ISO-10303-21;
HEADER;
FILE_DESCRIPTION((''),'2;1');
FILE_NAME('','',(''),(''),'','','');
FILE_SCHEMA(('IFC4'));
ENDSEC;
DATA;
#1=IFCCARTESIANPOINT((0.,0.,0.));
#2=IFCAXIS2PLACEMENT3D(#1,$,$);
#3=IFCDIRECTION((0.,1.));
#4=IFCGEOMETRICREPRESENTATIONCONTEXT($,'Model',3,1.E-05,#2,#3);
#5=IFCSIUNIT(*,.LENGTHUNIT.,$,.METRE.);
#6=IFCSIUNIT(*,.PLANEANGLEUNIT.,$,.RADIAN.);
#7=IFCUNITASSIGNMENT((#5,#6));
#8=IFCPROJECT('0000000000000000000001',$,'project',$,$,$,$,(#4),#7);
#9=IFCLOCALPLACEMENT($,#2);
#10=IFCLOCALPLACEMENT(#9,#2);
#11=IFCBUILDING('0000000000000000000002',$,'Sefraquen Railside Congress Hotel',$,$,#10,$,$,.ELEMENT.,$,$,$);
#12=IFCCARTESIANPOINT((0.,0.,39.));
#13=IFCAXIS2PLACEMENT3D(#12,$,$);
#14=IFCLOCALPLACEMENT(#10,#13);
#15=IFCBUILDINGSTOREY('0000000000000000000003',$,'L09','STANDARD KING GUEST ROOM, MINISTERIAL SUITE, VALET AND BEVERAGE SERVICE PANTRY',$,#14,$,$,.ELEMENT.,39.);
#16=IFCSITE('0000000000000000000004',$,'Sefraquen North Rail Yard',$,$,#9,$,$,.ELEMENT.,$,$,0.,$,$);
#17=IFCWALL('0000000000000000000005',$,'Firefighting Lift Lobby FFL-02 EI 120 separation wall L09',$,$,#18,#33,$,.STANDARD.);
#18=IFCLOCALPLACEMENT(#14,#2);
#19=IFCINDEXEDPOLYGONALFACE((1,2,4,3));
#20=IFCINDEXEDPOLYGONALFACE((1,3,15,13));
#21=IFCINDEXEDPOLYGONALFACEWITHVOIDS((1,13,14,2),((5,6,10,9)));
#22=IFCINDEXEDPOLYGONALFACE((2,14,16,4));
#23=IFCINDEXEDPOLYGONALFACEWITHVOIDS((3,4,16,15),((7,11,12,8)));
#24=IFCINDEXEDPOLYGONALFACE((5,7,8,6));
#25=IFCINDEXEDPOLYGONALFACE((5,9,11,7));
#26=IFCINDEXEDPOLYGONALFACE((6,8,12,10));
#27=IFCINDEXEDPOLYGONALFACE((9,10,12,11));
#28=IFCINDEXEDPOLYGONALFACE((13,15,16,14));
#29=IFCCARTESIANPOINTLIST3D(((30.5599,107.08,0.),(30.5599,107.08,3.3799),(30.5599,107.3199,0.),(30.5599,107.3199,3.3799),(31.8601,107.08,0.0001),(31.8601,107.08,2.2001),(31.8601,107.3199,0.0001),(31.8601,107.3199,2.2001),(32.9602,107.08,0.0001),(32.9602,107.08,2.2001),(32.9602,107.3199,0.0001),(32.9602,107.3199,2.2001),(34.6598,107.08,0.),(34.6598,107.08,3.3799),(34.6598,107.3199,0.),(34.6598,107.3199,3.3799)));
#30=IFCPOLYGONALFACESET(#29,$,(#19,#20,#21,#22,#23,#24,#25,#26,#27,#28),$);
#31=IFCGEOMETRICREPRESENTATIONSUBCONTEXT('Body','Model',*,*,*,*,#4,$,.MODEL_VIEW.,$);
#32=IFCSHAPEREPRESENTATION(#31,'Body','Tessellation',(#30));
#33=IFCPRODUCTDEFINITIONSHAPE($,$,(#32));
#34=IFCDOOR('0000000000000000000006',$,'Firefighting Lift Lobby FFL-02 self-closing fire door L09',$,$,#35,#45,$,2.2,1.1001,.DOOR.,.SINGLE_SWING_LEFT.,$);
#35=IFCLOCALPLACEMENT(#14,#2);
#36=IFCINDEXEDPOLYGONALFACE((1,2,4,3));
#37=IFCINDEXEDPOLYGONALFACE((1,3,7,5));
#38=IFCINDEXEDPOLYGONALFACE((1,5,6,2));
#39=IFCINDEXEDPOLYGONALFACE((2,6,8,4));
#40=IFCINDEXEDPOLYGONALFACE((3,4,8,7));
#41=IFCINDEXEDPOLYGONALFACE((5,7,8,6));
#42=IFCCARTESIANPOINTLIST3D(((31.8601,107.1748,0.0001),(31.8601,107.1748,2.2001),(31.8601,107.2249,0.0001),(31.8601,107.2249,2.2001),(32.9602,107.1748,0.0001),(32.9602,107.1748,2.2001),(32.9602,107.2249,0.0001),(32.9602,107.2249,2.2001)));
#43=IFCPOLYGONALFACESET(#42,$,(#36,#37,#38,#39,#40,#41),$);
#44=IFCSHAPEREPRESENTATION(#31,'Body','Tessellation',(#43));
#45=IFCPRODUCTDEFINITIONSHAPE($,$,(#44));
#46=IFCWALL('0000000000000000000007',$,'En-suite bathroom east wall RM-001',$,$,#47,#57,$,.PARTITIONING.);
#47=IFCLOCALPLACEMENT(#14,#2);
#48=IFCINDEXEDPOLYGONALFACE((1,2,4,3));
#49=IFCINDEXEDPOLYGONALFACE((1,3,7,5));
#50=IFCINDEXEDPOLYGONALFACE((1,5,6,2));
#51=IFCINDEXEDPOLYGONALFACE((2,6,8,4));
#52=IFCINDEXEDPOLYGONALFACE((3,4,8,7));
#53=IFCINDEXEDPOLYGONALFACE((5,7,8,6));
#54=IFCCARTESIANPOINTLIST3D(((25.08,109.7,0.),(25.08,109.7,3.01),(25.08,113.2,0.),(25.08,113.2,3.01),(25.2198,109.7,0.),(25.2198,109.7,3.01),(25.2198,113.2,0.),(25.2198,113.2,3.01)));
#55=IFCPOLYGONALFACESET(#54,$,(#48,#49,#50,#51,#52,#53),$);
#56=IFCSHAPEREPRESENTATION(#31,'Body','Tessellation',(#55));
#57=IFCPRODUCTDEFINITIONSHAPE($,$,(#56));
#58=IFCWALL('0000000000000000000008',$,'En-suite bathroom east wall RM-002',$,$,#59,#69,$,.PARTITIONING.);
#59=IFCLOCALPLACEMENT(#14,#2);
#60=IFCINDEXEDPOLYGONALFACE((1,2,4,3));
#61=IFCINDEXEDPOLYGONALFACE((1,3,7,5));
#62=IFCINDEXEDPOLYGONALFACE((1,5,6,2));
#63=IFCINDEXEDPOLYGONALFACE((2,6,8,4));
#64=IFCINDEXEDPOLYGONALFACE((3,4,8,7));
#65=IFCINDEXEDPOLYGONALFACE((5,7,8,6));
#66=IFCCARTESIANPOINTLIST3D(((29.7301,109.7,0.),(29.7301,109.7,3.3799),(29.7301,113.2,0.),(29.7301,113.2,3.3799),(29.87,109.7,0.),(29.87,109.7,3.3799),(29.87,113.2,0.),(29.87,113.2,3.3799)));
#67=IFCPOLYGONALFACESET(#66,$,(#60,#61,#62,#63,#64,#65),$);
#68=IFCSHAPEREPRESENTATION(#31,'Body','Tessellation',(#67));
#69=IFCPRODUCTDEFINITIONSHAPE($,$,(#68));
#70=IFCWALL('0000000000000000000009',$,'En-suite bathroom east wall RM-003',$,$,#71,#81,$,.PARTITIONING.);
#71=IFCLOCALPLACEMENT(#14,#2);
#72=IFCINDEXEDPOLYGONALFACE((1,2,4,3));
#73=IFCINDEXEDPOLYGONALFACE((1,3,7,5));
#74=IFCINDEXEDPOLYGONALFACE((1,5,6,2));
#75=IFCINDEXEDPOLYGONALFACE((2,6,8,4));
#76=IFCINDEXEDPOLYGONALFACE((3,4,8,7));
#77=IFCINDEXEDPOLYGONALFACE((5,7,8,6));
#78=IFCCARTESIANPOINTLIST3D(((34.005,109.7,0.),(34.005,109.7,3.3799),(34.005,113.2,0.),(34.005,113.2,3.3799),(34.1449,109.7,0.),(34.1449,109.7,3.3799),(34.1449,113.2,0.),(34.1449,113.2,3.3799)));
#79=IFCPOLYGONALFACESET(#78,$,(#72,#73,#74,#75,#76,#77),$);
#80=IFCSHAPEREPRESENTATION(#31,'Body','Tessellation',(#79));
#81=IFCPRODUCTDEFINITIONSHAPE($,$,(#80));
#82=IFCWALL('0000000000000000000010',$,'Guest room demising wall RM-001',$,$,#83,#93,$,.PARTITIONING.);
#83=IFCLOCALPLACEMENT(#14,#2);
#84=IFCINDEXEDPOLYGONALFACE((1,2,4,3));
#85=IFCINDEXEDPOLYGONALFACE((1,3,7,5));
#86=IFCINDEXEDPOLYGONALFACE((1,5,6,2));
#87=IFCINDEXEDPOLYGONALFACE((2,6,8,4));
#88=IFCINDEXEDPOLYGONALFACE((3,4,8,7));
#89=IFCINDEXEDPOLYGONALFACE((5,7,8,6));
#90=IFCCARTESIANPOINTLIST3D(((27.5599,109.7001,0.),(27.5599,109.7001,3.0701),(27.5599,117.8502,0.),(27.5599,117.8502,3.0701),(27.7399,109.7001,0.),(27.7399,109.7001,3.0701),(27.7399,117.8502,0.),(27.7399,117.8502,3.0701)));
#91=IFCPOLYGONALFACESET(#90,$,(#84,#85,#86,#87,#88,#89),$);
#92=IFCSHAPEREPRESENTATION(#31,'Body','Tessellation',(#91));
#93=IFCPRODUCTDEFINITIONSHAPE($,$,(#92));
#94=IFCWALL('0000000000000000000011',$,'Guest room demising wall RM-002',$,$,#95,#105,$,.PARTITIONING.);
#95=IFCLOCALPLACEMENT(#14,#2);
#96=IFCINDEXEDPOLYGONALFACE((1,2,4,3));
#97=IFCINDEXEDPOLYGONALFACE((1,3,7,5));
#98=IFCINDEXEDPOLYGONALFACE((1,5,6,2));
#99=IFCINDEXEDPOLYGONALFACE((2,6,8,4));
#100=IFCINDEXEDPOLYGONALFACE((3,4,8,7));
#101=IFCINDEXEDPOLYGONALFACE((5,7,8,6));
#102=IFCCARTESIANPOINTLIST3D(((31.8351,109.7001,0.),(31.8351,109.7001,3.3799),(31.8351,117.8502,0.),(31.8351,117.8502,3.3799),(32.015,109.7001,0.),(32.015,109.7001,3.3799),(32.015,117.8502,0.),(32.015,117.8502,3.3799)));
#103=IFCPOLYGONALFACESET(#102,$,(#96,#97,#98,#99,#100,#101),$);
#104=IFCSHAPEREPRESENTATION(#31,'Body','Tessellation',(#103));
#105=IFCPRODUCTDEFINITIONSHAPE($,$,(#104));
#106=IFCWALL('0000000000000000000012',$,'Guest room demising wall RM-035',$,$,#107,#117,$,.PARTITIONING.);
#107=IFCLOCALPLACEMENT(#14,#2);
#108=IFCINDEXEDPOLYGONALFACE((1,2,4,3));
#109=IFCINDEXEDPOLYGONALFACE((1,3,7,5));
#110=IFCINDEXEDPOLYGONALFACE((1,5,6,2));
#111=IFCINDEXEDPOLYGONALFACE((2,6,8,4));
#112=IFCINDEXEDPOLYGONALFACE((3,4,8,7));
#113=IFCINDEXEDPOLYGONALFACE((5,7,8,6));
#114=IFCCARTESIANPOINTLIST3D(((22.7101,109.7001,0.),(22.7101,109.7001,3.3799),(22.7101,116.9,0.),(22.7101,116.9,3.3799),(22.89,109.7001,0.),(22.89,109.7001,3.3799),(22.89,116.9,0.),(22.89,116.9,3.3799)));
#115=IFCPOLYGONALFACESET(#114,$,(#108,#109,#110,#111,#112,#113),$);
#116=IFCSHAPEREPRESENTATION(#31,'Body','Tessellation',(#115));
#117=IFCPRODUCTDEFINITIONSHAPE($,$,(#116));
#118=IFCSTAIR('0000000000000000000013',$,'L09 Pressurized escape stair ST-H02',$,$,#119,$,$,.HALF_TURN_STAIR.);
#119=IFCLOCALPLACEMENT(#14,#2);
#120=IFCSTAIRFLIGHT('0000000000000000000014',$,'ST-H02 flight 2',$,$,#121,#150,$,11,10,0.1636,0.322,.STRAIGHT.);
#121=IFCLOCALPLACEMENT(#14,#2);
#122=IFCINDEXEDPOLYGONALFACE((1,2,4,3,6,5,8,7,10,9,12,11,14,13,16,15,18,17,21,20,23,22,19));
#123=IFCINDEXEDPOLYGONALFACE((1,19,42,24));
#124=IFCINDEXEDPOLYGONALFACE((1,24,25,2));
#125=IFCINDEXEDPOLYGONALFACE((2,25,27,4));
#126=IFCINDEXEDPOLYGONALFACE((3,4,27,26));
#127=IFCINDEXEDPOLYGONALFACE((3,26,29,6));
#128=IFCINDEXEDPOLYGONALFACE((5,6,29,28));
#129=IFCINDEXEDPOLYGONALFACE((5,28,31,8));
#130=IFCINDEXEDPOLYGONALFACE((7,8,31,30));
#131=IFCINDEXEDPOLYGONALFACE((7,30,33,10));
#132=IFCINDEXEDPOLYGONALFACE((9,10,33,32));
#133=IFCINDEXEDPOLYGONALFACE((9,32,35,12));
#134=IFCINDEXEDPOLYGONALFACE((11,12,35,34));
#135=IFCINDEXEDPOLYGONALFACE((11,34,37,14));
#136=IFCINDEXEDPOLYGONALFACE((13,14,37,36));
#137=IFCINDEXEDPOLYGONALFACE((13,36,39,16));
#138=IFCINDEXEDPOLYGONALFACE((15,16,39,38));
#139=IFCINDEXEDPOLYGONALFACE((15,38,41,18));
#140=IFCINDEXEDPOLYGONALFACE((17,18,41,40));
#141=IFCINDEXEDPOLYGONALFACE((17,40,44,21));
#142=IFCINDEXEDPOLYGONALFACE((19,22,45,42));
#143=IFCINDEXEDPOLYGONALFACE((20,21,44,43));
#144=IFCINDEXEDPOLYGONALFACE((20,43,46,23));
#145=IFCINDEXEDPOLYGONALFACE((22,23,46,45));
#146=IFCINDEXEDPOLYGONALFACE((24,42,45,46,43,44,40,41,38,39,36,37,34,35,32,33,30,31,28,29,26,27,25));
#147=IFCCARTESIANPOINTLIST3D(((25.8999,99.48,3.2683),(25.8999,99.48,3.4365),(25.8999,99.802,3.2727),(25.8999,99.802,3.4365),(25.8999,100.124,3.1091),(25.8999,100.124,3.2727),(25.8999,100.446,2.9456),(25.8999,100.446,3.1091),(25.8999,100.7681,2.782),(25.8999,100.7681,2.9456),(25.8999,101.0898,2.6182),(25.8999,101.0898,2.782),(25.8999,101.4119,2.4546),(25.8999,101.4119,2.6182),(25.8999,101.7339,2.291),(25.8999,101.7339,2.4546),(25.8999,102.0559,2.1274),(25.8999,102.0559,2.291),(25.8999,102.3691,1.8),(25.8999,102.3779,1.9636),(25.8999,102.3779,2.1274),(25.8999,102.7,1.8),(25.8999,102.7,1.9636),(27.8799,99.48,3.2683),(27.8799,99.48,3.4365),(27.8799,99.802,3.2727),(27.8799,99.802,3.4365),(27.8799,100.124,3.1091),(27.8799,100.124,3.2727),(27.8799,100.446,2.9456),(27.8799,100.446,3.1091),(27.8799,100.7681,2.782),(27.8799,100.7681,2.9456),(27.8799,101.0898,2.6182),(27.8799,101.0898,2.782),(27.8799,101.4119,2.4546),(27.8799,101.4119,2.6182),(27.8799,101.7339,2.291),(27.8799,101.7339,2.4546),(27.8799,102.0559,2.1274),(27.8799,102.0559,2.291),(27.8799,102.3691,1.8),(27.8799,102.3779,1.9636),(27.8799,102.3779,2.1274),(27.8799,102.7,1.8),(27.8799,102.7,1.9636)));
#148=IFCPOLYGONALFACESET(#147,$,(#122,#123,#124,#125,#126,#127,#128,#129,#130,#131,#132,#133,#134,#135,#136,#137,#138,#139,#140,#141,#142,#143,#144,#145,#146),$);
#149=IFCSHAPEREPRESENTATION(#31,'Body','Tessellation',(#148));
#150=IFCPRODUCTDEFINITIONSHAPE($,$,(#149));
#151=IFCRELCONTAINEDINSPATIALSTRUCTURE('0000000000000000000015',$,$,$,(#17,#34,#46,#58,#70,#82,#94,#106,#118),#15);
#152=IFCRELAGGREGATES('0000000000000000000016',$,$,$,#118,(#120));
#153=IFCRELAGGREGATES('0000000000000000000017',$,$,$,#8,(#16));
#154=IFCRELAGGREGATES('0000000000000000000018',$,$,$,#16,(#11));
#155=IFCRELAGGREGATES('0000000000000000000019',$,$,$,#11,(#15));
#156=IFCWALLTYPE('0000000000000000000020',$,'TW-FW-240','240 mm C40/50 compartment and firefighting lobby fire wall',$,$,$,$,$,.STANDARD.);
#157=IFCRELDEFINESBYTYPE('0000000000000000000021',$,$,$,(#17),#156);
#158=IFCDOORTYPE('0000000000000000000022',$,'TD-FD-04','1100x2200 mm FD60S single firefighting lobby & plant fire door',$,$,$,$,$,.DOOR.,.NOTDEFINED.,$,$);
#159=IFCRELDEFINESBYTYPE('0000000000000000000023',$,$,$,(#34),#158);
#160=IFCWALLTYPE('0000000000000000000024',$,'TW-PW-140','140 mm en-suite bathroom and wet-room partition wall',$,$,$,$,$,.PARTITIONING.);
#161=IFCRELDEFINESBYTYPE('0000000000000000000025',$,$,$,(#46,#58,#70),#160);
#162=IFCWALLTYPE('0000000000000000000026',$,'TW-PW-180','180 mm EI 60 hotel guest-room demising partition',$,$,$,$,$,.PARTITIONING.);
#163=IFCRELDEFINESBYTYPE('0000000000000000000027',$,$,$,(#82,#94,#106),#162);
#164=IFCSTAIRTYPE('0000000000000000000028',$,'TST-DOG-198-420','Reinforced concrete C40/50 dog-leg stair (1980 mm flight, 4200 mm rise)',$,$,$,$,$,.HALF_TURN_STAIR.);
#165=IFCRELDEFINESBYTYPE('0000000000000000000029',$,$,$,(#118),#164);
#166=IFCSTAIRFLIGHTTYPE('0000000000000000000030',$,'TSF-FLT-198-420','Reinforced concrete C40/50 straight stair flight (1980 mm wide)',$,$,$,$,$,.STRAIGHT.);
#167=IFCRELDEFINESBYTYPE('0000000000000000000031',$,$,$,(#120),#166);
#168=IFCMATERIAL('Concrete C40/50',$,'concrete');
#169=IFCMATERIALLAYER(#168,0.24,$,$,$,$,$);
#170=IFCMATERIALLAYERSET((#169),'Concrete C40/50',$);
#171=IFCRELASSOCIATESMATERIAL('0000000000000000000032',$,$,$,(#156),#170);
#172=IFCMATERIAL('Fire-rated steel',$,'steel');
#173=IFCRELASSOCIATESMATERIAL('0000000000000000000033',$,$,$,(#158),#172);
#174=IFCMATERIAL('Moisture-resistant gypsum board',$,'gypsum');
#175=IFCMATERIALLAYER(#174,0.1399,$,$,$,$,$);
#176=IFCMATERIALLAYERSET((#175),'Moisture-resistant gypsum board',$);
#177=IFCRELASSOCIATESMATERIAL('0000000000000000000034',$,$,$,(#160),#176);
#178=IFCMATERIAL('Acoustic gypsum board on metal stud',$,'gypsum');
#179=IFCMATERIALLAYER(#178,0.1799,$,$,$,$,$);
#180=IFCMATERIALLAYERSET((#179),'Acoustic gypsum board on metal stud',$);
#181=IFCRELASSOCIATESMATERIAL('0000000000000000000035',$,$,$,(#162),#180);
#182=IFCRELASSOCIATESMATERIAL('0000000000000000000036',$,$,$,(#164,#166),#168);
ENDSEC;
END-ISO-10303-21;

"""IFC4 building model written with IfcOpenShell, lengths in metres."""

from ifc_helpers import new_model, si_unit, direction, frame, frame_2d, origin, place, context, subcontext, project, spatial, polyline, rectangle, outline, extrude, material, layer, layer_set, type_object, element, fill, aggregate, save


model = new_model("IFC4")

# Units and contexts
model_context = context("Model", 3, precision=1e-05, world=origin(), true_north=direction((0.0, 1.0)))
body_context = subcontext(model_context, "Body", "Model", "MODEL_VIEW")
ifc_project = project(units=[si_unit("LENGTHUNIT", "METRE"), si_unit("PLANEANGLEUNIT", "RADIAN")], contexts=[model_context])

# Site, building, storey
site_placement = place(None, origin())
site = spatial("IfcSite", under=ifc_project, at=site_placement, Name="Sefraquen North Rail Yard", CompositionType="ELEMENT", RefElevation=0.0)
building_placement = place(site_placement, origin())
building = spatial("IfcBuilding", under=site, at=building_placement, Name="Sefraquen Railside Congress Hotel", CompositionType="ELEMENT")
storey_placement = place(building_placement, frame((0.0, 0.0, 39.0)))
storey = spatial("IfcBuildingStorey", under=building, at=storey_placement, Name="L09", Description="STANDARD KING GUEST ROOM, MINISTERIAL SUITE, VALET AND BEVERAGE SERVICE PANTRY", CompositionType="ELEMENT", Elevation=39.0)

# Wall, opening, door
ifc_material_1 = material(Name="Concrete C40/50", Category="concrete")
ifc_layer_1 = layer(ifc_material_1, 0.24)
ifc_layer_set_1 = layer_set([ifc_layer_1], Name="Concrete C40/50")
wall_type_1 = type_object("IfcWallType", Name="TW-FW-240", Description="240 mm C40/50 compartment and firefighting lobby fire wall", PredefinedType="STANDARD", material=ifc_layer_set_1)
wall_1_placement = place(storey_placement, frame((30.5601, 107.2, 0.0), z_axis=(0.0, 0.0, 1.0), x_axis=(1.0, 0.0, 0.0)))
wall_1 = element("IfcWall", 1, at=wall_1_placement, inside=storey, type_object=wall_type_1, Name="Firefighting Lift Lobby FFL-02 EI 120 separation wall L09", PredefinedType="STANDARD", context=body_context, shape_type="SweptSolid", body=[
    extrude(rectangle(XDim=4.0999, YDim=0.24, at=frame_2d((2.0498, 0.0))), origin(), (0.0, 0.0, 1.0), 3.3799),
])
opening_placement = place(wall_1_placement, frame((1.3, 0.0, 0.0)))
opening = element("IfcOpeningElement", 2, at=opening_placement, cuts=wall_1, PredefinedType="OPENING", context=body_context, shape_type="SweptSolid", body=[
    extrude(rectangle(XDim=1.1001, YDim=2.2, at=frame_2d((0.55, 1.1001))), frame((0.0, 0.1299, 0.0), z_axis=(0.0, -1.0, 0.0), x_axis=(1.0, 0.0, 0.0)), (0.0, 0.0, 1.0), 0.26),
])
ifc_material_2 = material(Name="Fire-rated steel", Category="steel")
door_type = type_object("IfcDoorType", Name="TD-FD-04", Description="1100x2200 mm FD60S single firefighting lobby & plant fire door", OperationType="NOTDEFINED", PredefinedType="DOOR", material=ifc_material_2)
door_placement = place(opening_placement, origin())
door = element("IfcDoor", 3, at=door_placement, inside=storey, type_object=door_type, Name="Firefighting Lift Lobby FFL-02 self-closing fire door L09", OperationType="SINGLE_SWING_LEFT", OverallHeight=2.2, OverallWidth=1.1001, PredefinedType="DOOR", context=body_context, shape_type="SweptSolid", body=[
    extrude(rectangle(XDim=1.1001, YDim=2.2, at=frame_2d((0.55, 1.1001))), frame((0.0, 0.0249, 0.0), z_axis=(0.0, -1.0, 0.0), x_axis=(1.0, 0.0, 0.0)), (0.0, 0.0, 1.0), 0.05),
])
fill(opening, door)

# Walls
ifc_material_3 = material(Name="Moisture-resistant gypsum board", Category="gypsum")
ifc_layer_2 = layer(ifc_material_3, 0.1399)
ifc_layer_set_2 = layer_set([ifc_layer_2], Name="Moisture-resistant gypsum board")
wall_type_2 = type_object("IfcWallType", Name="TW-PW-140", Description="140 mm en-suite bathroom and wet-room partition wall", PredefinedType="PARTITIONING", material=ifc_layer_set_2)
wall_2_placement = place(storey_placement, frame((25.1499, 109.7, 0.0), z_axis=(0.0, 0.0, 1.0), x_axis=(0.0, 1.0, 0.0)))
element("IfcWall", 4, at=wall_2_placement, inside=storey, type_object=wall_type_2, Name="En-suite bathroom east wall RM-001", PredefinedType="PARTITIONING", context=body_context, shape_type="SweptSolid", body=[
    extrude(rectangle(XDim=3.5, YDim=0.1399, at=frame_2d((1.75, 0.0))), origin(), (0.0, 0.0, 1.0), 3.01),
])
for number, where, z_axis, x_axis, name in (
    (5, (29.8, 109.7, 0.0), (0.0, 0.0, 1.0), (0.0, 1.0, 0.0), "En-suite bathroom east wall RM-002"),
    (6, (34.075, 109.7, 0.0), (0.0, 0.0, 1.0), (0.0, 1.0, 0.0), "En-suite bathroom east wall RM-003"),
):
    element("IfcWall", number, at=place(storey_placement, frame(where, z_axis=z_axis, x_axis=x_axis)), inside=storey, type_object=wall_type_2, Name=name, PredefinedType="PARTITIONING", context=body_context, shape_type="SweptSolid", body=[
        extrude(rectangle(XDim=3.5, YDim=0.1399, at=frame_2d((1.75, 0.0))), origin(), (0.0, 0.0, 1.0), 3.3799),
    ])
ifc_material_4 = material(Name="Acoustic gypsum board on metal stud", Category="gypsum")
ifc_layer_3 = layer(ifc_material_4, 0.1799)
ifc_layer_set_3 = layer_set([ifc_layer_3], Name="Acoustic gypsum board on metal stud")
wall_type_3 = type_object("IfcWallType", Name="TW-PW-180", Description="180 mm EI 60 hotel guest-room demising partition", PredefinedType="PARTITIONING", material=ifc_layer_set_3)
wall_3_placement = place(storey_placement, frame((27.6499, 109.7, 0.0), z_axis=(0.0, 0.0, 1.0), x_axis=(0.0, 1.0, 0.0)))
element("IfcWall", 7, at=wall_3_placement, inside=storey, type_object=wall_type_3, Name="Guest room demising wall RM-001", PredefinedType="PARTITIONING", context=body_context, shape_type="SweptSolid", body=[
    extrude(rectangle(XDim=8.1501, YDim=0.1799, at=frame_2d((4.0752, 0.0))), origin(), (0.0, 0.0, 1.0), 3.0701),
])
wall_4_placement = place(storey_placement, frame((31.925, 109.7, 0.0), z_axis=(0.0, 0.0, 1.0), x_axis=(0.0, 1.0, 0.0)))
element("IfcWall", 8, at=wall_4_placement, inside=storey, type_object=wall_type_3, Name="Guest room demising wall RM-002", PredefinedType="PARTITIONING", context=body_context, shape_type="SweptSolid", body=[
    extrude(rectangle(XDim=8.1501, YDim=0.1799, at=frame_2d((4.0752, 0.0))), origin(), (0.0, 0.0, 1.0), 3.3799),
])
wall_5_placement = place(storey_placement, frame((22.8, 109.7, 0.0), z_axis=(0.0, 0.0, 1.0), x_axis=(0.0, 1.0, 0.0)))
element("IfcWall", 9, at=wall_5_placement, inside=storey, type_object=wall_type_3, Name="Guest room demising wall RM-035", PredefinedType="PARTITIONING", context=body_context, shape_type="SweptSolid", body=[
    extrude(rectangle(XDim=7.2, YDim=0.1799, at=frame_2d((3.6001, 0.0))), origin(), (0.0, 0.0, 1.0), 3.3799),
])

# Stair, stair flight
stair_type = type_object("IfcStairType", Name="TST-DOG-198-420", Description="Reinforced concrete C40/50 dog-leg stair (1980 mm flight, 4200 mm rise)", PredefinedType="HALF_TURN_STAIR", material=ifc_material_1)
stair_placement = place(storey_placement, origin())
stair = element("IfcStair", 10, at=stair_placement, inside=storey, type_object=stair_type, Name="L09 Pressurized escape stair ST-H02", PredefinedType="HALF_TURN_STAIR")
stair_flight_type = type_object("IfcStairFlightType", Name="TSF-FLT-198-420", Description="Reinforced concrete C40/50 straight stair flight (1980 mm wide)", PredefinedType="STRAIGHT", material=ifc_material_1)
stair_flight_placement = place(storey_placement, frame((26.8899, 102.7, 1.8), z_axis=(0.0, 0.0, 1.0), x_axis=(0.0, -1.0, 0.0)))
stair_flight = element("IfcStairFlight", 11, at=stair_flight_placement, type_object=stair_flight_type, Name="ST-H02 flight 2", NumberOfRisers=11, NumberOfTreads=10, PredefinedType="STRAIGHT", RiserHeight=0.1636, TreadLength=0.322, context=body_context, shape_type="SweptSolid", body=[
    extrude(outline(polyline([(0.0, 0.0), (0.0, 0.1636), (0.322, 0.1636), (0.322, 0.3274), (0.644, 0.3274), (0.644, 0.491), (0.9661, 0.491), (0.9661, 0.6545), (1.2881, 0.6545), (1.2881, 0.8181), (1.6101, 0.8181), (1.6101, 0.9819), (1.9319, 0.9819), (1.9319, 1.1455), (2.2539, 1.1455), (2.2539, 1.3091), (2.5759, 1.3091), (2.5759, 1.4727), (2.8979, 1.4727), (2.8979, 1.6365), (3.22, 1.6365), (3.22, 1.8), (3.22, 1.4683), (0.3308, 0.0), (0.0, 0.0)])), frame((0.0, 0.99, 0.0), z_axis=(0.0, -1.0, 0.0), x_axis=(1.0, 0.0, 0.0)), (0.0, 0.0, 1.0), 1.98),
])
aggregate(stair, [stair_flight])

save(model, "model.ifc")
